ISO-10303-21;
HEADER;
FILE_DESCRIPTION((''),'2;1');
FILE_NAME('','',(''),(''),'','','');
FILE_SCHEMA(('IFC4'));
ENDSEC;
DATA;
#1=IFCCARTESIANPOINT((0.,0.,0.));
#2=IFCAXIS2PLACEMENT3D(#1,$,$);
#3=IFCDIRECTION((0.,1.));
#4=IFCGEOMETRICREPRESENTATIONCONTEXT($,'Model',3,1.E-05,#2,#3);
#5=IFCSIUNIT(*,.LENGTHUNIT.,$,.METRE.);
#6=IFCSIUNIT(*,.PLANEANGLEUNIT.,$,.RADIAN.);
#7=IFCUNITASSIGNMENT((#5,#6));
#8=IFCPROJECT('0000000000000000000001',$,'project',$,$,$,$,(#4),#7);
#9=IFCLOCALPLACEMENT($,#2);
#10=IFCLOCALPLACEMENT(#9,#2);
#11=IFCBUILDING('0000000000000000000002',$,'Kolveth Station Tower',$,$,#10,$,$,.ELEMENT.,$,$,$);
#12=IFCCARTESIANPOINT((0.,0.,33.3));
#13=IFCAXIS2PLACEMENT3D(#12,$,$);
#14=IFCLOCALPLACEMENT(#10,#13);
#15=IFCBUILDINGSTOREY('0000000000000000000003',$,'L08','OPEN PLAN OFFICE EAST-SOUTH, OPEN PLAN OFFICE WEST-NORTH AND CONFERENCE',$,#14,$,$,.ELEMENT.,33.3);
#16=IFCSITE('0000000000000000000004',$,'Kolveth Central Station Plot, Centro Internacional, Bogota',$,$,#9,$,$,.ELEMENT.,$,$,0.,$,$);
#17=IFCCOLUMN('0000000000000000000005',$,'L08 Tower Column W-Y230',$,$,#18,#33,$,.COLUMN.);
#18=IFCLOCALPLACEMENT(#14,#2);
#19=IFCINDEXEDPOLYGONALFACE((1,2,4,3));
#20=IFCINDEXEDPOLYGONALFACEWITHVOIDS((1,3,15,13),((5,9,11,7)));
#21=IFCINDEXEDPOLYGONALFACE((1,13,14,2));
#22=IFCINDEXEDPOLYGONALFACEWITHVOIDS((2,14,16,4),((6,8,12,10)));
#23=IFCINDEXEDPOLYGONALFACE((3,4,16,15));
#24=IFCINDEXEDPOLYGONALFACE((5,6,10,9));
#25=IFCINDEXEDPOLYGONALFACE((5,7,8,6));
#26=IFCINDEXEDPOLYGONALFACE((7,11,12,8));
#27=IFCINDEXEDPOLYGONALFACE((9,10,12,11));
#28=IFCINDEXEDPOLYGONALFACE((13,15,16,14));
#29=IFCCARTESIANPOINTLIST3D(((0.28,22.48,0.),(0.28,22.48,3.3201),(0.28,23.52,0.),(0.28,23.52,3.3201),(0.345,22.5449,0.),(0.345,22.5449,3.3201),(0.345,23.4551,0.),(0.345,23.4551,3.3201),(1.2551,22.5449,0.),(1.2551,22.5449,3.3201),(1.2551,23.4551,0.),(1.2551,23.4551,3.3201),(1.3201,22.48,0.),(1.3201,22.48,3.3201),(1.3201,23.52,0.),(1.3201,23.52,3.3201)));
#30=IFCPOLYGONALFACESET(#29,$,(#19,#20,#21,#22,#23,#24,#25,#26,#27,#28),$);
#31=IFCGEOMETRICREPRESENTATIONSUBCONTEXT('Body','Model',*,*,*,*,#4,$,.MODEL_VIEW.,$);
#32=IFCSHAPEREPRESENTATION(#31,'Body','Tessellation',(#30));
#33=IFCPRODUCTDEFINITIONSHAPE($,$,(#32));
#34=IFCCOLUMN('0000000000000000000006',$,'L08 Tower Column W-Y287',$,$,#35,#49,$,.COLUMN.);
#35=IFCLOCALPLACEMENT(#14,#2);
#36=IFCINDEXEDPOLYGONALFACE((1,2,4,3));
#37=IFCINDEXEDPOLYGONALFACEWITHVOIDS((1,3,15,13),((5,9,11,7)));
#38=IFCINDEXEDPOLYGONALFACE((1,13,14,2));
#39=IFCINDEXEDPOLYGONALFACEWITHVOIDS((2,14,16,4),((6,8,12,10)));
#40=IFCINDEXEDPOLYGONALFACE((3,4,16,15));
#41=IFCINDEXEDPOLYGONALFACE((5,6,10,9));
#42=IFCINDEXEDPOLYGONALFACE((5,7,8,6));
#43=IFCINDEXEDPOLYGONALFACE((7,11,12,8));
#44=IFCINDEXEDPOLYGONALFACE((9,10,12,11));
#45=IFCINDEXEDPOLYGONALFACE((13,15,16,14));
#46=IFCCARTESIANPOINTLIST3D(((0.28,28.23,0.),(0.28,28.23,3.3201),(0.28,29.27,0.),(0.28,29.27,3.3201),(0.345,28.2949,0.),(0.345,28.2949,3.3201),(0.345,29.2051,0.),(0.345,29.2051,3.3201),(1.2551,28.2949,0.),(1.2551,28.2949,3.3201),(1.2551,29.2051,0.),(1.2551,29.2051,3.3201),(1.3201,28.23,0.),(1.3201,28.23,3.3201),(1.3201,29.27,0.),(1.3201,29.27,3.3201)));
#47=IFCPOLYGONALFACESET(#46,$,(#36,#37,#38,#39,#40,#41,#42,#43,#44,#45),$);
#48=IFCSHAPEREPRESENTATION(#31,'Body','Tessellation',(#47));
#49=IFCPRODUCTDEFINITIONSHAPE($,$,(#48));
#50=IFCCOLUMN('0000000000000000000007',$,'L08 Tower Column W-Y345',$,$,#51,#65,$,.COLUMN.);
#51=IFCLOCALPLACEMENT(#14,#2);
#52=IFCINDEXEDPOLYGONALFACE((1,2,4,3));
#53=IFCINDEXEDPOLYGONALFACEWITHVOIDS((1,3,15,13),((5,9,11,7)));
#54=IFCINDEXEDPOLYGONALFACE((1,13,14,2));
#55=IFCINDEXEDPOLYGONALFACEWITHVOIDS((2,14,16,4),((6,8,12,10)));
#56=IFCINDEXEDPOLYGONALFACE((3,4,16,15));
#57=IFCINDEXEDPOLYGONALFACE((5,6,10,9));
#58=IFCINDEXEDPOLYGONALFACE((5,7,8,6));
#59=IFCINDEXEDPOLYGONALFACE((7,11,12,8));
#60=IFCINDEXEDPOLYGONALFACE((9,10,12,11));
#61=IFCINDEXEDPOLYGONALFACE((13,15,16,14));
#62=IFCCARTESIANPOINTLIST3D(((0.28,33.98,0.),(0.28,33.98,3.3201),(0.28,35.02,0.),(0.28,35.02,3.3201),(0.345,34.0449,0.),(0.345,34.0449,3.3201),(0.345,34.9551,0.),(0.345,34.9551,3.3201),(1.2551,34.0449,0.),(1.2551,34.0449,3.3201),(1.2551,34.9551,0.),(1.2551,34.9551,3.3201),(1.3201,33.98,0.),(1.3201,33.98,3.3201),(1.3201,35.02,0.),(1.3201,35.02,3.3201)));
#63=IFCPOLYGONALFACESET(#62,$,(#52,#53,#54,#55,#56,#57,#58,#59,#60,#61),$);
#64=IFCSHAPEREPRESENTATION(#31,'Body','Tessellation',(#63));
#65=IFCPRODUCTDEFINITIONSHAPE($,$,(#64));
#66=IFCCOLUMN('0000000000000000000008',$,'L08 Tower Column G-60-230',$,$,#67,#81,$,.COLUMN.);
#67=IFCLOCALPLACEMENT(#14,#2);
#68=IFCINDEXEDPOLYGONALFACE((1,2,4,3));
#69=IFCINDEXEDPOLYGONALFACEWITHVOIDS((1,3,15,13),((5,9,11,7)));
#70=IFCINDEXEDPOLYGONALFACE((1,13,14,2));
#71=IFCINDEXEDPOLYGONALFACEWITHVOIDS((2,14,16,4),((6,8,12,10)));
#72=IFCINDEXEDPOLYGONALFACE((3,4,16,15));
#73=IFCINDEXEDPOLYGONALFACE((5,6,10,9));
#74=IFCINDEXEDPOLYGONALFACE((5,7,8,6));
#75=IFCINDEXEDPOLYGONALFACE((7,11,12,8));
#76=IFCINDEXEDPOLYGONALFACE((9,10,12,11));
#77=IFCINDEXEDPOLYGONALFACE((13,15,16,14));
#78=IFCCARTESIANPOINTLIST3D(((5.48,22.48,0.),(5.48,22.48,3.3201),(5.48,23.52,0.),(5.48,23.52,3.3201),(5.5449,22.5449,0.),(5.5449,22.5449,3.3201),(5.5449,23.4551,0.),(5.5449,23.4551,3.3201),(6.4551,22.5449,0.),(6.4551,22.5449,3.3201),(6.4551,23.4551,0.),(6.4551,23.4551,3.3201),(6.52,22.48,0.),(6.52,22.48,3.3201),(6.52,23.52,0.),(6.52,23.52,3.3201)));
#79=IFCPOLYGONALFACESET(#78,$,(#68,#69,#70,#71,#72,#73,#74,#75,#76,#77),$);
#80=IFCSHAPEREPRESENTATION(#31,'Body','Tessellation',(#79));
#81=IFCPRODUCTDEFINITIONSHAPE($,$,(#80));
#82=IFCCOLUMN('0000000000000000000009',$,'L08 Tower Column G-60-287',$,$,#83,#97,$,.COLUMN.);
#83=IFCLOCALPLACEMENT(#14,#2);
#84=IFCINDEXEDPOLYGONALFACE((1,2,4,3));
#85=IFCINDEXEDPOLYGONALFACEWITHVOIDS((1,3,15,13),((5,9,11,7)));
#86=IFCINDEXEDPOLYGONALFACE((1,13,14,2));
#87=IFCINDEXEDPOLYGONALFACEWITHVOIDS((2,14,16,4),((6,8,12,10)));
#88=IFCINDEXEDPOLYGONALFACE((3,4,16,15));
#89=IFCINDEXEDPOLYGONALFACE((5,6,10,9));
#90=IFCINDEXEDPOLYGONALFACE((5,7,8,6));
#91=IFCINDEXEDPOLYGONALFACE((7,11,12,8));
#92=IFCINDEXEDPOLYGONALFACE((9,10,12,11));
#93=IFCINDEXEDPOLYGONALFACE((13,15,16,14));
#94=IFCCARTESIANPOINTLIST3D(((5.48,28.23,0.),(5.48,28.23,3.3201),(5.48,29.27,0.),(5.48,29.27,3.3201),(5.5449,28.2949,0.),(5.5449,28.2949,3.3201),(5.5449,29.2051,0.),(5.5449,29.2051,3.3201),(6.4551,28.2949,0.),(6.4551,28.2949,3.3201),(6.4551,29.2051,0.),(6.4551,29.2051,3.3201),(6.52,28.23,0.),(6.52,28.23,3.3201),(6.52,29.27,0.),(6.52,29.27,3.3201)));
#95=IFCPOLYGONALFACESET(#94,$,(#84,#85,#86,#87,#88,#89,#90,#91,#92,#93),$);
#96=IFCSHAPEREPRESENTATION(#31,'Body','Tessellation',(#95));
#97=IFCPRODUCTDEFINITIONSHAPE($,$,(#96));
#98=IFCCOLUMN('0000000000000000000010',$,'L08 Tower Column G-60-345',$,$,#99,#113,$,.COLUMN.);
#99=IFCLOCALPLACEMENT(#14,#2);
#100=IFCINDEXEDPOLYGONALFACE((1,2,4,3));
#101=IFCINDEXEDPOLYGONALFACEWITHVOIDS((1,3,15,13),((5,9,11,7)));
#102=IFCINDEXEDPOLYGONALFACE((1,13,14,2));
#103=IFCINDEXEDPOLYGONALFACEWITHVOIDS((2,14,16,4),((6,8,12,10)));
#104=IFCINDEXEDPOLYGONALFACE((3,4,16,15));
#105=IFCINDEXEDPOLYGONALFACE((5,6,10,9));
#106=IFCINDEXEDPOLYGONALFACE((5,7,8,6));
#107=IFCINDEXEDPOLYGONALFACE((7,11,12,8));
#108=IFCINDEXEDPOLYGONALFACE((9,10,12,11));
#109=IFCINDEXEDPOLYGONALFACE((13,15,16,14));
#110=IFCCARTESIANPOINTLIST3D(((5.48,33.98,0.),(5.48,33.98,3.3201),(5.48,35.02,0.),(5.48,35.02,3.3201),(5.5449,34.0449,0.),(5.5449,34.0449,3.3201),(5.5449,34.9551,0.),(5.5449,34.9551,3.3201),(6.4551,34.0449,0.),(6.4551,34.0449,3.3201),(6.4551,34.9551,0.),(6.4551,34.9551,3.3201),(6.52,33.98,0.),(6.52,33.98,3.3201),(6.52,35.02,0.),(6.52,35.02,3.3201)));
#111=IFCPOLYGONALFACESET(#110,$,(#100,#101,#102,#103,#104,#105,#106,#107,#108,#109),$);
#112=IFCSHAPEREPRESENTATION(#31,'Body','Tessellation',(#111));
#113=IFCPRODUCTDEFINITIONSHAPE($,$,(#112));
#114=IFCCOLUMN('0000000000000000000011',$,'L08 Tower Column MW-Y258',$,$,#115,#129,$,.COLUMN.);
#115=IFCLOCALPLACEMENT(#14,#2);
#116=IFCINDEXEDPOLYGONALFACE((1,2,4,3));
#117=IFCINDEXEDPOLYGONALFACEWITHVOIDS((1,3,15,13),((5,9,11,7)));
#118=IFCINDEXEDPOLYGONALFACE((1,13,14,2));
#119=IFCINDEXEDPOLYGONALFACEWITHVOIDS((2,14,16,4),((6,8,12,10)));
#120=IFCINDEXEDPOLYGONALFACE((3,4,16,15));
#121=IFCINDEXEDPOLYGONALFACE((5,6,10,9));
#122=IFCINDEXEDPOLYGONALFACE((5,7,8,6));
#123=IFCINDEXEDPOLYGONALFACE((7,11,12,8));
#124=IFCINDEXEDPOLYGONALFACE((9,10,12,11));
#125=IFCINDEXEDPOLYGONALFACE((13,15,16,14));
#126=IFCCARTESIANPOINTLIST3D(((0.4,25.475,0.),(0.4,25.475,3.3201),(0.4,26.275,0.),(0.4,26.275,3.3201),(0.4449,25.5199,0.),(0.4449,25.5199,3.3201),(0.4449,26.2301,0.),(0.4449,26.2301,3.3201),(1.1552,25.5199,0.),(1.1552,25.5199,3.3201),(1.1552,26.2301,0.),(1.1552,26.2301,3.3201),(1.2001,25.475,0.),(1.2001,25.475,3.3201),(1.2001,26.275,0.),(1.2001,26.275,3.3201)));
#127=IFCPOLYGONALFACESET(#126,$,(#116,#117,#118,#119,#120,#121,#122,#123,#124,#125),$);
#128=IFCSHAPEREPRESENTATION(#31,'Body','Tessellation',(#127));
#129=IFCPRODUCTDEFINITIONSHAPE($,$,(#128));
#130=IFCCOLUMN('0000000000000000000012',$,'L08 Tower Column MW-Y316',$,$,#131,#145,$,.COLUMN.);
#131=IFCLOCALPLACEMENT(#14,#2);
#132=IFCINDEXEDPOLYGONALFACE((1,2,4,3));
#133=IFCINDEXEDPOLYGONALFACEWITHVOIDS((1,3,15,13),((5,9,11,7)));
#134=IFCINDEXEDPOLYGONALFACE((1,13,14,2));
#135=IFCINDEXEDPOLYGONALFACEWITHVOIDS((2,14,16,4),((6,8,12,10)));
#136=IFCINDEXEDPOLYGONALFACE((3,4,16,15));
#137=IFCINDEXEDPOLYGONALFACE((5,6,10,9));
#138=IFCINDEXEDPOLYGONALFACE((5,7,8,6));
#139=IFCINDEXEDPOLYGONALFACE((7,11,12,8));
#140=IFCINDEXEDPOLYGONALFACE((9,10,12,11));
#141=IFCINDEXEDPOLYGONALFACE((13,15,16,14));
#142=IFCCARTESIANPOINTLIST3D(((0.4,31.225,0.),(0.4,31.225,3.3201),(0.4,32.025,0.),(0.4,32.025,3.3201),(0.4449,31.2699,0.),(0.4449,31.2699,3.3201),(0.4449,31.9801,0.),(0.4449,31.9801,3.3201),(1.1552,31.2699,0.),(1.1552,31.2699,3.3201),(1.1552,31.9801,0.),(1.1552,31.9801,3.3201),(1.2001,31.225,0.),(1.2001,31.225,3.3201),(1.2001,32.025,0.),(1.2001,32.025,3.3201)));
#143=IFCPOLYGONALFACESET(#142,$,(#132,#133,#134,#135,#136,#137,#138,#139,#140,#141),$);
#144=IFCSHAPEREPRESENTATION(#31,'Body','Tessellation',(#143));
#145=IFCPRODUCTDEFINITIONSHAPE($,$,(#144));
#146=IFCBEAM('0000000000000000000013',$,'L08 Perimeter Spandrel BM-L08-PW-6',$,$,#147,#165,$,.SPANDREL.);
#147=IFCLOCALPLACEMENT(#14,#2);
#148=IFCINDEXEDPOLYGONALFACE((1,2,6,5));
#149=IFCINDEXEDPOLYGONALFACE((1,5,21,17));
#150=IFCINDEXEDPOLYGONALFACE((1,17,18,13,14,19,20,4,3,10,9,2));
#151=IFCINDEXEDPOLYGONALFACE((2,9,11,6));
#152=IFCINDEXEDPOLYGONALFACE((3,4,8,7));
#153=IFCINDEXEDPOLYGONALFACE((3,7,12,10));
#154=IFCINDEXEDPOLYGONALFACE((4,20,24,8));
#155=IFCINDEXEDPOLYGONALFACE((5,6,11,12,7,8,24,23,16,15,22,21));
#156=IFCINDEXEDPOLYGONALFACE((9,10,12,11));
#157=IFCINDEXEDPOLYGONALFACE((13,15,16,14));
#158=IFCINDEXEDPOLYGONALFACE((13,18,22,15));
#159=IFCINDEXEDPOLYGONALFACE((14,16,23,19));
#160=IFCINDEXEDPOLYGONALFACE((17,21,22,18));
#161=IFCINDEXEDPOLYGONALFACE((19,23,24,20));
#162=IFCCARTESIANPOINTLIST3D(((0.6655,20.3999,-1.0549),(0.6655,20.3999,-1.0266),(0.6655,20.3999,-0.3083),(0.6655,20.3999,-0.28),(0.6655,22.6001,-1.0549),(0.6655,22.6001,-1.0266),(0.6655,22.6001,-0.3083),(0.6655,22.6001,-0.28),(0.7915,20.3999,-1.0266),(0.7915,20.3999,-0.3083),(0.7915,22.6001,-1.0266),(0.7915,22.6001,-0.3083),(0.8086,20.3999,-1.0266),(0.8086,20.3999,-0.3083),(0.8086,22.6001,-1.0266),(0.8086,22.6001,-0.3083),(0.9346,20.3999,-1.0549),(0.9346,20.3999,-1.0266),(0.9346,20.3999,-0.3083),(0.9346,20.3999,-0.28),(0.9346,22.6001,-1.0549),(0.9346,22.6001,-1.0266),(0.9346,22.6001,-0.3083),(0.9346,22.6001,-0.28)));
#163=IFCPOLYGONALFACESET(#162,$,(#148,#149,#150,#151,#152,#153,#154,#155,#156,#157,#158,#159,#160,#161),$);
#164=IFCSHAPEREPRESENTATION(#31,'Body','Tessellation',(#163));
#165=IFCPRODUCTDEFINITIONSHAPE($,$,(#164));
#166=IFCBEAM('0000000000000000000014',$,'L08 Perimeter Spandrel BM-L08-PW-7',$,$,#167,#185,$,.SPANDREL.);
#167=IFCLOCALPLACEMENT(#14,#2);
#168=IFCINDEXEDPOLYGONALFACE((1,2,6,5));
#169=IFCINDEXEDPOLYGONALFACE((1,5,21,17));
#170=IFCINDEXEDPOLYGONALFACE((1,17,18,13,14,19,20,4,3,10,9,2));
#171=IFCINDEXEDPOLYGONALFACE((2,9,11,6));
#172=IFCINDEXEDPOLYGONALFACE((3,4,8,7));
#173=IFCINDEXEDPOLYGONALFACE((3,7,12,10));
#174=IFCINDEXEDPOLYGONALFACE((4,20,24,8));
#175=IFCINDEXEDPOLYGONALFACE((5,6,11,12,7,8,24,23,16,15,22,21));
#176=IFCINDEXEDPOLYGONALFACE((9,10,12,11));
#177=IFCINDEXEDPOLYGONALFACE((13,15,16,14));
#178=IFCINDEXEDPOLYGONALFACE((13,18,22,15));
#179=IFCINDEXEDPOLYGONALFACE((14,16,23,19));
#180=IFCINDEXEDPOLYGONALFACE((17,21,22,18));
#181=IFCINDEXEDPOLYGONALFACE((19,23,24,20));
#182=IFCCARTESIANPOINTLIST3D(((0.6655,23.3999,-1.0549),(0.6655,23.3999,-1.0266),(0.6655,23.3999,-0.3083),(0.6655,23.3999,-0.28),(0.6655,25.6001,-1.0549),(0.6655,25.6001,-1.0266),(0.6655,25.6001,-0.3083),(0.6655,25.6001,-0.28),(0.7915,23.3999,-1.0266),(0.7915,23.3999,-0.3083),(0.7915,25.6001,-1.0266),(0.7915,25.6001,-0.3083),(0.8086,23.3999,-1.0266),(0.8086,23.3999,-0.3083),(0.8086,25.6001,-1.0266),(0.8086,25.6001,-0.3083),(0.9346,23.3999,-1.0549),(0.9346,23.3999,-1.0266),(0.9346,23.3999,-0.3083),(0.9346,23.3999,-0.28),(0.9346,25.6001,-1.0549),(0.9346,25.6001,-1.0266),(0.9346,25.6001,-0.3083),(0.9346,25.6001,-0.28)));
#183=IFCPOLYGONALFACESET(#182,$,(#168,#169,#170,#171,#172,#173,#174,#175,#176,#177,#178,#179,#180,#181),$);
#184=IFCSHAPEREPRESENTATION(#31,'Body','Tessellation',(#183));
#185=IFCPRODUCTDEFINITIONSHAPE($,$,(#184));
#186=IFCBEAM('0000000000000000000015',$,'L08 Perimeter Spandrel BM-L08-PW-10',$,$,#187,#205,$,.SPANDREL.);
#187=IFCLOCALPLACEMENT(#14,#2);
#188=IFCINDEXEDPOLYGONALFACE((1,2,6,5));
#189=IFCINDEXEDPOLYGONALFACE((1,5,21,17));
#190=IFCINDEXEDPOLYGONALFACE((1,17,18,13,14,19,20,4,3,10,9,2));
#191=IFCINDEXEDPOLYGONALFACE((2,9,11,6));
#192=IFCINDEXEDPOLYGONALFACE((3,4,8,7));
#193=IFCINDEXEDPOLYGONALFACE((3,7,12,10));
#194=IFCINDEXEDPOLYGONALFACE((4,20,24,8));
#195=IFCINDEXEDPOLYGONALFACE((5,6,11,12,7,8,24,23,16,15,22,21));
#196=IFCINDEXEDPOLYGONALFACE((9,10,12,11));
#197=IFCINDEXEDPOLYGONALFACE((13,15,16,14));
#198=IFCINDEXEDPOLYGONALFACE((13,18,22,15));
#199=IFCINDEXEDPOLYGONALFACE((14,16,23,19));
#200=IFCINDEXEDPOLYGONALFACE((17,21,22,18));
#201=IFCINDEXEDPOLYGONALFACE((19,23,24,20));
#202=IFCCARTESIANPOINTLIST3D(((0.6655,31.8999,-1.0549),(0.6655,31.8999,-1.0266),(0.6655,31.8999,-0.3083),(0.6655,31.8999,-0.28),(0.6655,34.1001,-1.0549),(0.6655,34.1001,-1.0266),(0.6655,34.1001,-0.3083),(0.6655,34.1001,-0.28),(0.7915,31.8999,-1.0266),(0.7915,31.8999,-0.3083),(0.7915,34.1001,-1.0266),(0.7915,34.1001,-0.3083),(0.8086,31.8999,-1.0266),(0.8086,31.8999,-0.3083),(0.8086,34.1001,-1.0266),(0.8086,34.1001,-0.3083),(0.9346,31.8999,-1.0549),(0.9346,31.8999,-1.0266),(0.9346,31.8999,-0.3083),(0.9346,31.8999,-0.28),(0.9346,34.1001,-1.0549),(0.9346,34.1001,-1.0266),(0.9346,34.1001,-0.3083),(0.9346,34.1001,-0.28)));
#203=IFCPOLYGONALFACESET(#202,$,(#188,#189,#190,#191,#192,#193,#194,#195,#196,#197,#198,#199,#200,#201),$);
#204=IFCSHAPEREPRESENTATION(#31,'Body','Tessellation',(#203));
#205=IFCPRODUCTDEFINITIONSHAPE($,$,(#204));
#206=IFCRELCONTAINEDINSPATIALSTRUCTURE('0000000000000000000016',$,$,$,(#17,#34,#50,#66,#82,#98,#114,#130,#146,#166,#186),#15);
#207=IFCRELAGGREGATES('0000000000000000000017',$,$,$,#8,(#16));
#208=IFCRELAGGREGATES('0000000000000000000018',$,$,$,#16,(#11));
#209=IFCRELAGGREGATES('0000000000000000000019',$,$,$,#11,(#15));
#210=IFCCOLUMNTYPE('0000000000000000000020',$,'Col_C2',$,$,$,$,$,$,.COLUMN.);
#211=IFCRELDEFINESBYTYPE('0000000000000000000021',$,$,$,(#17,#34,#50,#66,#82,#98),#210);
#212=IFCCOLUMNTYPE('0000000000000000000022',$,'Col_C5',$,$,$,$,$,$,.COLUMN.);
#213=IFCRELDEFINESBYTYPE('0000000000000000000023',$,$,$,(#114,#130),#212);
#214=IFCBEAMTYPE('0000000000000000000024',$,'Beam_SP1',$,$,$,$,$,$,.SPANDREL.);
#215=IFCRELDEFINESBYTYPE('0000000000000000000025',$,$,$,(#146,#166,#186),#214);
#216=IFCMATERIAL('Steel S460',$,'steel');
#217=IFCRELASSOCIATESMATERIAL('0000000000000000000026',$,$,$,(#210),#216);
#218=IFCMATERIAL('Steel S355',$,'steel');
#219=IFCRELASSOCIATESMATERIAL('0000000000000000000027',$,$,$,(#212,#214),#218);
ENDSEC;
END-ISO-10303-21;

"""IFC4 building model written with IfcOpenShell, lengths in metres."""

from ifc_helpers import new_model, si_unit, direction, frame, origin, origin_2d, place, context, subcontext, project, spatial, hollow_rectangle, i_section, extrude, source, transform, mapped, material, material_profile, profile_set, type_object, element, save


model = new_model("IFC4")

# Units and contexts
model_context = context("Model", 3, precision=1e-05, world=origin(), true_north=direction((0.0, 1.0)))
body_context = subcontext(model_context, "Body", "Model", "MODEL_VIEW")
ifc_project = project(units=[si_unit("LENGTHUNIT", "METRE"), si_unit("PLANEANGLEUNIT", "RADIAN")], contexts=[model_context])

# Site, building, storey
site_placement = place(None, origin())
site = spatial("IfcSite", under=ifc_project, at=site_placement, Name="Kolveth Central Station Plot, Centro Internacional, Bogota", CompositionType="ELEMENT", RefElevation=0.0)
building_placement = place(site_placement, origin())
building = spatial("IfcBuilding", under=site, at=building_placement, Name="Kolveth Station Tower", CompositionType="ELEMENT")
storey_placement = place(building_placement, frame((0.0, 0.0, 33.3)))
storey = spatial("IfcBuildingStorey", under=building, at=storey_placement, Name="L08", Description="OPEN PLAN OFFICE EAST-SOUTH, OPEN PLAN OFFICE WEST-NORTH AND CONFERENCE", CompositionType="ELEMENT", Elevation=33.3)

# Columns
ifc_material_1 = material(Name="Steel S460", Category="steel")
ifc_material_profile_1 = material_profile(ifc_material_1, hollow_rectangle(XDim=1.04, YDim=1.04, WallThickness=0.0649, at=origin_2d()), Name="BOX1040x1040x65")
ifc_profile_set_1 = profile_set([ifc_material_profile_1], Name="Steel S460")
column_type_1 = type_object("IfcColumnType", Name="Col_C2", PredefinedType="COLUMN", material=ifc_profile_set_1)
shared_shape_1 = source(origin(), body_context, "Body", "SweptSolid", [
    extrude(hollow_rectangle(XDim=1.04, YDim=1.04, WallThickness=0.0649, at=origin_2d()), origin(), (0.0, 0.0, 1.0), 3.3201),
])
for number, where, z_axis, x_axis, name in (
    (1, (0.8, 23.0, 0.0), (0.0, 0.0, 1.0), (1.0, 0.0, 0.0), "L08 Tower Column W-Y230"),
    (2, (0.8, 28.75, 0.0), (0.0, 0.0, 1.0), (1.0, 0.0, 0.0), "L08 Tower Column W-Y287"),
    (3, (0.8, 34.5, 0.0), (0.0, 0.0, 1.0), (1.0, 0.0, 0.0), "L08 Tower Column W-Y345"),
    (4, (6.0, 23.0, 0.0), (0.0, 0.0, 1.0), (1.0, 0.0, 0.0), "L08 Tower Column G-60-230"),
    (5, (6.0, 28.75, 0.0), (0.0, 0.0, 1.0), (1.0, 0.0, 0.0), "L08 Tower Column G-60-287"),
    (6, (6.0, 34.5, 0.0), (0.0, 0.0, 1.0), (1.0, 0.0, 0.0), "L08 Tower Column G-60-345"),
):
    element("IfcColumn", number, at=place(storey_placement, frame(where, z_axis=z_axis, x_axis=x_axis)), inside=storey, type_object=column_type_1, Name=name, PredefinedType="COLUMN", context=body_context, shape_type="MappedRepresentation", body=[
        mapped(shared_shape_1, transform((0.0, 0.0, 0.0), x_axis=(1.0, 0.0, 0.0), y_axis=(0.0, 1.0, 0.0), z_axis=(0.0, 0.0, 1.0), scale=1.0)),
    ])
ifc_material_2 = material(Name="Steel S355", Category="steel")
ifc_material_profile_2 = material_profile(ifc_material_2, hollow_rectangle(XDim=0.8, YDim=0.8, WallThickness=0.0449, at=origin_2d()), Name="BOX800x800x45")
ifc_profile_set_2 = profile_set([ifc_material_profile_2], Name="Steel S355")
column_type_2 = type_object("IfcColumnType", Name="Col_C5", PredefinedType="COLUMN", material=ifc_profile_set_2)
shared_shape_2 = source(origin(), body_context, "Body", "SweptSolid", [
    extrude(hollow_rectangle(XDim=0.8, YDim=0.8, WallThickness=0.0449, at=origin_2d()), origin(), (0.0, 0.0, 1.0), 3.3201),
])
for number, where, z_axis, x_axis, name in (
    (7, (0.8, 25.875, 0.0), (0.0, 0.0, 1.0), (1.0, 0.0, 0.0), "L08 Tower Column MW-Y258"),
    (8, (0.8, 31.625, 0.0), (0.0, 0.0, 1.0), (1.0, 0.0, 0.0), "L08 Tower Column MW-Y316"),
):
    element("IfcColumn", number, at=place(storey_placement, frame(where, z_axis=z_axis, x_axis=x_axis)), inside=storey, type_object=column_type_2, Name=name, PredefinedType="COLUMN", context=body_context, shape_type="MappedRepresentation", body=[
        mapped(shared_shape_2, transform((0.0, 0.0, 0.0), x_axis=(1.0, 0.0, 0.0), y_axis=(0.0, 1.0, 0.0), z_axis=(0.0, 0.0, 1.0), scale=1.0)),
    ])

# Beams
ifc_material_profile_3 = material_profile(ifc_material_2, i_section(OverallWidth=0.269, OverallDepth=0.7749, WebThickness=0.0171, FlangeThickness=0.0283, at=origin_2d()), Name="W760x220")
ifc_profile_set_3 = profile_set([ifc_material_profile_3], Name="Steel S355")
beam_type_1 = type_object("IfcBeamType", Name="Beam_SP1", PredefinedType="SPANDREL", material=ifc_profile_set_3)
shared_shape_3 = source(origin(), body_context, "Body", "SweptSolid", [
    extrude(i_section(OverallWidth=0.269, OverallDepth=0.7749, WebThickness=0.0171, FlangeThickness=0.0283, at=origin_2d()), origin(), (0.0, 0.0, 1.0), 2.2002),
])
for number, where, z_axis, x_axis, name in (
    (9, (0.8, 20.3999, -0.6675), (0.0, 1.0, 0.0), (-1.0, 0.0, 0.0), "L08 Perimeter Spandrel BM-L08-PW-6"),
    (10, (0.8, 23.3999, -0.6675), (0.0, 1.0, 0.0), (-1.0, 0.0, 0.0), "L08 Perimeter Spandrel BM-L08-PW-7"),
    (11, (0.8, 31.8999, -0.6675), (0.0, 1.0, 0.0), (-1.0, 0.0, 0.0), "L08 Perimeter Spandrel BM-L08-PW-10"),
):
    element("IfcBeam", number, at=place(storey_placement, frame(where, z_axis=z_axis, x_axis=x_axis)), inside=storey, type_object=beam_type_1, Name=name, PredefinedType="SPANDREL", context=body_context, shape_type="MappedRepresentation", body=[
        mapped(shared_shape_3, transform((0.0, 0.0, 0.0), x_axis=(1.0, 0.0, 0.0), y_axis=(0.0, 1.0, 0.0), z_axis=(0.0, 0.0, 1.0), scale=1.0)),
    ])

save(model, "model.ifc")
